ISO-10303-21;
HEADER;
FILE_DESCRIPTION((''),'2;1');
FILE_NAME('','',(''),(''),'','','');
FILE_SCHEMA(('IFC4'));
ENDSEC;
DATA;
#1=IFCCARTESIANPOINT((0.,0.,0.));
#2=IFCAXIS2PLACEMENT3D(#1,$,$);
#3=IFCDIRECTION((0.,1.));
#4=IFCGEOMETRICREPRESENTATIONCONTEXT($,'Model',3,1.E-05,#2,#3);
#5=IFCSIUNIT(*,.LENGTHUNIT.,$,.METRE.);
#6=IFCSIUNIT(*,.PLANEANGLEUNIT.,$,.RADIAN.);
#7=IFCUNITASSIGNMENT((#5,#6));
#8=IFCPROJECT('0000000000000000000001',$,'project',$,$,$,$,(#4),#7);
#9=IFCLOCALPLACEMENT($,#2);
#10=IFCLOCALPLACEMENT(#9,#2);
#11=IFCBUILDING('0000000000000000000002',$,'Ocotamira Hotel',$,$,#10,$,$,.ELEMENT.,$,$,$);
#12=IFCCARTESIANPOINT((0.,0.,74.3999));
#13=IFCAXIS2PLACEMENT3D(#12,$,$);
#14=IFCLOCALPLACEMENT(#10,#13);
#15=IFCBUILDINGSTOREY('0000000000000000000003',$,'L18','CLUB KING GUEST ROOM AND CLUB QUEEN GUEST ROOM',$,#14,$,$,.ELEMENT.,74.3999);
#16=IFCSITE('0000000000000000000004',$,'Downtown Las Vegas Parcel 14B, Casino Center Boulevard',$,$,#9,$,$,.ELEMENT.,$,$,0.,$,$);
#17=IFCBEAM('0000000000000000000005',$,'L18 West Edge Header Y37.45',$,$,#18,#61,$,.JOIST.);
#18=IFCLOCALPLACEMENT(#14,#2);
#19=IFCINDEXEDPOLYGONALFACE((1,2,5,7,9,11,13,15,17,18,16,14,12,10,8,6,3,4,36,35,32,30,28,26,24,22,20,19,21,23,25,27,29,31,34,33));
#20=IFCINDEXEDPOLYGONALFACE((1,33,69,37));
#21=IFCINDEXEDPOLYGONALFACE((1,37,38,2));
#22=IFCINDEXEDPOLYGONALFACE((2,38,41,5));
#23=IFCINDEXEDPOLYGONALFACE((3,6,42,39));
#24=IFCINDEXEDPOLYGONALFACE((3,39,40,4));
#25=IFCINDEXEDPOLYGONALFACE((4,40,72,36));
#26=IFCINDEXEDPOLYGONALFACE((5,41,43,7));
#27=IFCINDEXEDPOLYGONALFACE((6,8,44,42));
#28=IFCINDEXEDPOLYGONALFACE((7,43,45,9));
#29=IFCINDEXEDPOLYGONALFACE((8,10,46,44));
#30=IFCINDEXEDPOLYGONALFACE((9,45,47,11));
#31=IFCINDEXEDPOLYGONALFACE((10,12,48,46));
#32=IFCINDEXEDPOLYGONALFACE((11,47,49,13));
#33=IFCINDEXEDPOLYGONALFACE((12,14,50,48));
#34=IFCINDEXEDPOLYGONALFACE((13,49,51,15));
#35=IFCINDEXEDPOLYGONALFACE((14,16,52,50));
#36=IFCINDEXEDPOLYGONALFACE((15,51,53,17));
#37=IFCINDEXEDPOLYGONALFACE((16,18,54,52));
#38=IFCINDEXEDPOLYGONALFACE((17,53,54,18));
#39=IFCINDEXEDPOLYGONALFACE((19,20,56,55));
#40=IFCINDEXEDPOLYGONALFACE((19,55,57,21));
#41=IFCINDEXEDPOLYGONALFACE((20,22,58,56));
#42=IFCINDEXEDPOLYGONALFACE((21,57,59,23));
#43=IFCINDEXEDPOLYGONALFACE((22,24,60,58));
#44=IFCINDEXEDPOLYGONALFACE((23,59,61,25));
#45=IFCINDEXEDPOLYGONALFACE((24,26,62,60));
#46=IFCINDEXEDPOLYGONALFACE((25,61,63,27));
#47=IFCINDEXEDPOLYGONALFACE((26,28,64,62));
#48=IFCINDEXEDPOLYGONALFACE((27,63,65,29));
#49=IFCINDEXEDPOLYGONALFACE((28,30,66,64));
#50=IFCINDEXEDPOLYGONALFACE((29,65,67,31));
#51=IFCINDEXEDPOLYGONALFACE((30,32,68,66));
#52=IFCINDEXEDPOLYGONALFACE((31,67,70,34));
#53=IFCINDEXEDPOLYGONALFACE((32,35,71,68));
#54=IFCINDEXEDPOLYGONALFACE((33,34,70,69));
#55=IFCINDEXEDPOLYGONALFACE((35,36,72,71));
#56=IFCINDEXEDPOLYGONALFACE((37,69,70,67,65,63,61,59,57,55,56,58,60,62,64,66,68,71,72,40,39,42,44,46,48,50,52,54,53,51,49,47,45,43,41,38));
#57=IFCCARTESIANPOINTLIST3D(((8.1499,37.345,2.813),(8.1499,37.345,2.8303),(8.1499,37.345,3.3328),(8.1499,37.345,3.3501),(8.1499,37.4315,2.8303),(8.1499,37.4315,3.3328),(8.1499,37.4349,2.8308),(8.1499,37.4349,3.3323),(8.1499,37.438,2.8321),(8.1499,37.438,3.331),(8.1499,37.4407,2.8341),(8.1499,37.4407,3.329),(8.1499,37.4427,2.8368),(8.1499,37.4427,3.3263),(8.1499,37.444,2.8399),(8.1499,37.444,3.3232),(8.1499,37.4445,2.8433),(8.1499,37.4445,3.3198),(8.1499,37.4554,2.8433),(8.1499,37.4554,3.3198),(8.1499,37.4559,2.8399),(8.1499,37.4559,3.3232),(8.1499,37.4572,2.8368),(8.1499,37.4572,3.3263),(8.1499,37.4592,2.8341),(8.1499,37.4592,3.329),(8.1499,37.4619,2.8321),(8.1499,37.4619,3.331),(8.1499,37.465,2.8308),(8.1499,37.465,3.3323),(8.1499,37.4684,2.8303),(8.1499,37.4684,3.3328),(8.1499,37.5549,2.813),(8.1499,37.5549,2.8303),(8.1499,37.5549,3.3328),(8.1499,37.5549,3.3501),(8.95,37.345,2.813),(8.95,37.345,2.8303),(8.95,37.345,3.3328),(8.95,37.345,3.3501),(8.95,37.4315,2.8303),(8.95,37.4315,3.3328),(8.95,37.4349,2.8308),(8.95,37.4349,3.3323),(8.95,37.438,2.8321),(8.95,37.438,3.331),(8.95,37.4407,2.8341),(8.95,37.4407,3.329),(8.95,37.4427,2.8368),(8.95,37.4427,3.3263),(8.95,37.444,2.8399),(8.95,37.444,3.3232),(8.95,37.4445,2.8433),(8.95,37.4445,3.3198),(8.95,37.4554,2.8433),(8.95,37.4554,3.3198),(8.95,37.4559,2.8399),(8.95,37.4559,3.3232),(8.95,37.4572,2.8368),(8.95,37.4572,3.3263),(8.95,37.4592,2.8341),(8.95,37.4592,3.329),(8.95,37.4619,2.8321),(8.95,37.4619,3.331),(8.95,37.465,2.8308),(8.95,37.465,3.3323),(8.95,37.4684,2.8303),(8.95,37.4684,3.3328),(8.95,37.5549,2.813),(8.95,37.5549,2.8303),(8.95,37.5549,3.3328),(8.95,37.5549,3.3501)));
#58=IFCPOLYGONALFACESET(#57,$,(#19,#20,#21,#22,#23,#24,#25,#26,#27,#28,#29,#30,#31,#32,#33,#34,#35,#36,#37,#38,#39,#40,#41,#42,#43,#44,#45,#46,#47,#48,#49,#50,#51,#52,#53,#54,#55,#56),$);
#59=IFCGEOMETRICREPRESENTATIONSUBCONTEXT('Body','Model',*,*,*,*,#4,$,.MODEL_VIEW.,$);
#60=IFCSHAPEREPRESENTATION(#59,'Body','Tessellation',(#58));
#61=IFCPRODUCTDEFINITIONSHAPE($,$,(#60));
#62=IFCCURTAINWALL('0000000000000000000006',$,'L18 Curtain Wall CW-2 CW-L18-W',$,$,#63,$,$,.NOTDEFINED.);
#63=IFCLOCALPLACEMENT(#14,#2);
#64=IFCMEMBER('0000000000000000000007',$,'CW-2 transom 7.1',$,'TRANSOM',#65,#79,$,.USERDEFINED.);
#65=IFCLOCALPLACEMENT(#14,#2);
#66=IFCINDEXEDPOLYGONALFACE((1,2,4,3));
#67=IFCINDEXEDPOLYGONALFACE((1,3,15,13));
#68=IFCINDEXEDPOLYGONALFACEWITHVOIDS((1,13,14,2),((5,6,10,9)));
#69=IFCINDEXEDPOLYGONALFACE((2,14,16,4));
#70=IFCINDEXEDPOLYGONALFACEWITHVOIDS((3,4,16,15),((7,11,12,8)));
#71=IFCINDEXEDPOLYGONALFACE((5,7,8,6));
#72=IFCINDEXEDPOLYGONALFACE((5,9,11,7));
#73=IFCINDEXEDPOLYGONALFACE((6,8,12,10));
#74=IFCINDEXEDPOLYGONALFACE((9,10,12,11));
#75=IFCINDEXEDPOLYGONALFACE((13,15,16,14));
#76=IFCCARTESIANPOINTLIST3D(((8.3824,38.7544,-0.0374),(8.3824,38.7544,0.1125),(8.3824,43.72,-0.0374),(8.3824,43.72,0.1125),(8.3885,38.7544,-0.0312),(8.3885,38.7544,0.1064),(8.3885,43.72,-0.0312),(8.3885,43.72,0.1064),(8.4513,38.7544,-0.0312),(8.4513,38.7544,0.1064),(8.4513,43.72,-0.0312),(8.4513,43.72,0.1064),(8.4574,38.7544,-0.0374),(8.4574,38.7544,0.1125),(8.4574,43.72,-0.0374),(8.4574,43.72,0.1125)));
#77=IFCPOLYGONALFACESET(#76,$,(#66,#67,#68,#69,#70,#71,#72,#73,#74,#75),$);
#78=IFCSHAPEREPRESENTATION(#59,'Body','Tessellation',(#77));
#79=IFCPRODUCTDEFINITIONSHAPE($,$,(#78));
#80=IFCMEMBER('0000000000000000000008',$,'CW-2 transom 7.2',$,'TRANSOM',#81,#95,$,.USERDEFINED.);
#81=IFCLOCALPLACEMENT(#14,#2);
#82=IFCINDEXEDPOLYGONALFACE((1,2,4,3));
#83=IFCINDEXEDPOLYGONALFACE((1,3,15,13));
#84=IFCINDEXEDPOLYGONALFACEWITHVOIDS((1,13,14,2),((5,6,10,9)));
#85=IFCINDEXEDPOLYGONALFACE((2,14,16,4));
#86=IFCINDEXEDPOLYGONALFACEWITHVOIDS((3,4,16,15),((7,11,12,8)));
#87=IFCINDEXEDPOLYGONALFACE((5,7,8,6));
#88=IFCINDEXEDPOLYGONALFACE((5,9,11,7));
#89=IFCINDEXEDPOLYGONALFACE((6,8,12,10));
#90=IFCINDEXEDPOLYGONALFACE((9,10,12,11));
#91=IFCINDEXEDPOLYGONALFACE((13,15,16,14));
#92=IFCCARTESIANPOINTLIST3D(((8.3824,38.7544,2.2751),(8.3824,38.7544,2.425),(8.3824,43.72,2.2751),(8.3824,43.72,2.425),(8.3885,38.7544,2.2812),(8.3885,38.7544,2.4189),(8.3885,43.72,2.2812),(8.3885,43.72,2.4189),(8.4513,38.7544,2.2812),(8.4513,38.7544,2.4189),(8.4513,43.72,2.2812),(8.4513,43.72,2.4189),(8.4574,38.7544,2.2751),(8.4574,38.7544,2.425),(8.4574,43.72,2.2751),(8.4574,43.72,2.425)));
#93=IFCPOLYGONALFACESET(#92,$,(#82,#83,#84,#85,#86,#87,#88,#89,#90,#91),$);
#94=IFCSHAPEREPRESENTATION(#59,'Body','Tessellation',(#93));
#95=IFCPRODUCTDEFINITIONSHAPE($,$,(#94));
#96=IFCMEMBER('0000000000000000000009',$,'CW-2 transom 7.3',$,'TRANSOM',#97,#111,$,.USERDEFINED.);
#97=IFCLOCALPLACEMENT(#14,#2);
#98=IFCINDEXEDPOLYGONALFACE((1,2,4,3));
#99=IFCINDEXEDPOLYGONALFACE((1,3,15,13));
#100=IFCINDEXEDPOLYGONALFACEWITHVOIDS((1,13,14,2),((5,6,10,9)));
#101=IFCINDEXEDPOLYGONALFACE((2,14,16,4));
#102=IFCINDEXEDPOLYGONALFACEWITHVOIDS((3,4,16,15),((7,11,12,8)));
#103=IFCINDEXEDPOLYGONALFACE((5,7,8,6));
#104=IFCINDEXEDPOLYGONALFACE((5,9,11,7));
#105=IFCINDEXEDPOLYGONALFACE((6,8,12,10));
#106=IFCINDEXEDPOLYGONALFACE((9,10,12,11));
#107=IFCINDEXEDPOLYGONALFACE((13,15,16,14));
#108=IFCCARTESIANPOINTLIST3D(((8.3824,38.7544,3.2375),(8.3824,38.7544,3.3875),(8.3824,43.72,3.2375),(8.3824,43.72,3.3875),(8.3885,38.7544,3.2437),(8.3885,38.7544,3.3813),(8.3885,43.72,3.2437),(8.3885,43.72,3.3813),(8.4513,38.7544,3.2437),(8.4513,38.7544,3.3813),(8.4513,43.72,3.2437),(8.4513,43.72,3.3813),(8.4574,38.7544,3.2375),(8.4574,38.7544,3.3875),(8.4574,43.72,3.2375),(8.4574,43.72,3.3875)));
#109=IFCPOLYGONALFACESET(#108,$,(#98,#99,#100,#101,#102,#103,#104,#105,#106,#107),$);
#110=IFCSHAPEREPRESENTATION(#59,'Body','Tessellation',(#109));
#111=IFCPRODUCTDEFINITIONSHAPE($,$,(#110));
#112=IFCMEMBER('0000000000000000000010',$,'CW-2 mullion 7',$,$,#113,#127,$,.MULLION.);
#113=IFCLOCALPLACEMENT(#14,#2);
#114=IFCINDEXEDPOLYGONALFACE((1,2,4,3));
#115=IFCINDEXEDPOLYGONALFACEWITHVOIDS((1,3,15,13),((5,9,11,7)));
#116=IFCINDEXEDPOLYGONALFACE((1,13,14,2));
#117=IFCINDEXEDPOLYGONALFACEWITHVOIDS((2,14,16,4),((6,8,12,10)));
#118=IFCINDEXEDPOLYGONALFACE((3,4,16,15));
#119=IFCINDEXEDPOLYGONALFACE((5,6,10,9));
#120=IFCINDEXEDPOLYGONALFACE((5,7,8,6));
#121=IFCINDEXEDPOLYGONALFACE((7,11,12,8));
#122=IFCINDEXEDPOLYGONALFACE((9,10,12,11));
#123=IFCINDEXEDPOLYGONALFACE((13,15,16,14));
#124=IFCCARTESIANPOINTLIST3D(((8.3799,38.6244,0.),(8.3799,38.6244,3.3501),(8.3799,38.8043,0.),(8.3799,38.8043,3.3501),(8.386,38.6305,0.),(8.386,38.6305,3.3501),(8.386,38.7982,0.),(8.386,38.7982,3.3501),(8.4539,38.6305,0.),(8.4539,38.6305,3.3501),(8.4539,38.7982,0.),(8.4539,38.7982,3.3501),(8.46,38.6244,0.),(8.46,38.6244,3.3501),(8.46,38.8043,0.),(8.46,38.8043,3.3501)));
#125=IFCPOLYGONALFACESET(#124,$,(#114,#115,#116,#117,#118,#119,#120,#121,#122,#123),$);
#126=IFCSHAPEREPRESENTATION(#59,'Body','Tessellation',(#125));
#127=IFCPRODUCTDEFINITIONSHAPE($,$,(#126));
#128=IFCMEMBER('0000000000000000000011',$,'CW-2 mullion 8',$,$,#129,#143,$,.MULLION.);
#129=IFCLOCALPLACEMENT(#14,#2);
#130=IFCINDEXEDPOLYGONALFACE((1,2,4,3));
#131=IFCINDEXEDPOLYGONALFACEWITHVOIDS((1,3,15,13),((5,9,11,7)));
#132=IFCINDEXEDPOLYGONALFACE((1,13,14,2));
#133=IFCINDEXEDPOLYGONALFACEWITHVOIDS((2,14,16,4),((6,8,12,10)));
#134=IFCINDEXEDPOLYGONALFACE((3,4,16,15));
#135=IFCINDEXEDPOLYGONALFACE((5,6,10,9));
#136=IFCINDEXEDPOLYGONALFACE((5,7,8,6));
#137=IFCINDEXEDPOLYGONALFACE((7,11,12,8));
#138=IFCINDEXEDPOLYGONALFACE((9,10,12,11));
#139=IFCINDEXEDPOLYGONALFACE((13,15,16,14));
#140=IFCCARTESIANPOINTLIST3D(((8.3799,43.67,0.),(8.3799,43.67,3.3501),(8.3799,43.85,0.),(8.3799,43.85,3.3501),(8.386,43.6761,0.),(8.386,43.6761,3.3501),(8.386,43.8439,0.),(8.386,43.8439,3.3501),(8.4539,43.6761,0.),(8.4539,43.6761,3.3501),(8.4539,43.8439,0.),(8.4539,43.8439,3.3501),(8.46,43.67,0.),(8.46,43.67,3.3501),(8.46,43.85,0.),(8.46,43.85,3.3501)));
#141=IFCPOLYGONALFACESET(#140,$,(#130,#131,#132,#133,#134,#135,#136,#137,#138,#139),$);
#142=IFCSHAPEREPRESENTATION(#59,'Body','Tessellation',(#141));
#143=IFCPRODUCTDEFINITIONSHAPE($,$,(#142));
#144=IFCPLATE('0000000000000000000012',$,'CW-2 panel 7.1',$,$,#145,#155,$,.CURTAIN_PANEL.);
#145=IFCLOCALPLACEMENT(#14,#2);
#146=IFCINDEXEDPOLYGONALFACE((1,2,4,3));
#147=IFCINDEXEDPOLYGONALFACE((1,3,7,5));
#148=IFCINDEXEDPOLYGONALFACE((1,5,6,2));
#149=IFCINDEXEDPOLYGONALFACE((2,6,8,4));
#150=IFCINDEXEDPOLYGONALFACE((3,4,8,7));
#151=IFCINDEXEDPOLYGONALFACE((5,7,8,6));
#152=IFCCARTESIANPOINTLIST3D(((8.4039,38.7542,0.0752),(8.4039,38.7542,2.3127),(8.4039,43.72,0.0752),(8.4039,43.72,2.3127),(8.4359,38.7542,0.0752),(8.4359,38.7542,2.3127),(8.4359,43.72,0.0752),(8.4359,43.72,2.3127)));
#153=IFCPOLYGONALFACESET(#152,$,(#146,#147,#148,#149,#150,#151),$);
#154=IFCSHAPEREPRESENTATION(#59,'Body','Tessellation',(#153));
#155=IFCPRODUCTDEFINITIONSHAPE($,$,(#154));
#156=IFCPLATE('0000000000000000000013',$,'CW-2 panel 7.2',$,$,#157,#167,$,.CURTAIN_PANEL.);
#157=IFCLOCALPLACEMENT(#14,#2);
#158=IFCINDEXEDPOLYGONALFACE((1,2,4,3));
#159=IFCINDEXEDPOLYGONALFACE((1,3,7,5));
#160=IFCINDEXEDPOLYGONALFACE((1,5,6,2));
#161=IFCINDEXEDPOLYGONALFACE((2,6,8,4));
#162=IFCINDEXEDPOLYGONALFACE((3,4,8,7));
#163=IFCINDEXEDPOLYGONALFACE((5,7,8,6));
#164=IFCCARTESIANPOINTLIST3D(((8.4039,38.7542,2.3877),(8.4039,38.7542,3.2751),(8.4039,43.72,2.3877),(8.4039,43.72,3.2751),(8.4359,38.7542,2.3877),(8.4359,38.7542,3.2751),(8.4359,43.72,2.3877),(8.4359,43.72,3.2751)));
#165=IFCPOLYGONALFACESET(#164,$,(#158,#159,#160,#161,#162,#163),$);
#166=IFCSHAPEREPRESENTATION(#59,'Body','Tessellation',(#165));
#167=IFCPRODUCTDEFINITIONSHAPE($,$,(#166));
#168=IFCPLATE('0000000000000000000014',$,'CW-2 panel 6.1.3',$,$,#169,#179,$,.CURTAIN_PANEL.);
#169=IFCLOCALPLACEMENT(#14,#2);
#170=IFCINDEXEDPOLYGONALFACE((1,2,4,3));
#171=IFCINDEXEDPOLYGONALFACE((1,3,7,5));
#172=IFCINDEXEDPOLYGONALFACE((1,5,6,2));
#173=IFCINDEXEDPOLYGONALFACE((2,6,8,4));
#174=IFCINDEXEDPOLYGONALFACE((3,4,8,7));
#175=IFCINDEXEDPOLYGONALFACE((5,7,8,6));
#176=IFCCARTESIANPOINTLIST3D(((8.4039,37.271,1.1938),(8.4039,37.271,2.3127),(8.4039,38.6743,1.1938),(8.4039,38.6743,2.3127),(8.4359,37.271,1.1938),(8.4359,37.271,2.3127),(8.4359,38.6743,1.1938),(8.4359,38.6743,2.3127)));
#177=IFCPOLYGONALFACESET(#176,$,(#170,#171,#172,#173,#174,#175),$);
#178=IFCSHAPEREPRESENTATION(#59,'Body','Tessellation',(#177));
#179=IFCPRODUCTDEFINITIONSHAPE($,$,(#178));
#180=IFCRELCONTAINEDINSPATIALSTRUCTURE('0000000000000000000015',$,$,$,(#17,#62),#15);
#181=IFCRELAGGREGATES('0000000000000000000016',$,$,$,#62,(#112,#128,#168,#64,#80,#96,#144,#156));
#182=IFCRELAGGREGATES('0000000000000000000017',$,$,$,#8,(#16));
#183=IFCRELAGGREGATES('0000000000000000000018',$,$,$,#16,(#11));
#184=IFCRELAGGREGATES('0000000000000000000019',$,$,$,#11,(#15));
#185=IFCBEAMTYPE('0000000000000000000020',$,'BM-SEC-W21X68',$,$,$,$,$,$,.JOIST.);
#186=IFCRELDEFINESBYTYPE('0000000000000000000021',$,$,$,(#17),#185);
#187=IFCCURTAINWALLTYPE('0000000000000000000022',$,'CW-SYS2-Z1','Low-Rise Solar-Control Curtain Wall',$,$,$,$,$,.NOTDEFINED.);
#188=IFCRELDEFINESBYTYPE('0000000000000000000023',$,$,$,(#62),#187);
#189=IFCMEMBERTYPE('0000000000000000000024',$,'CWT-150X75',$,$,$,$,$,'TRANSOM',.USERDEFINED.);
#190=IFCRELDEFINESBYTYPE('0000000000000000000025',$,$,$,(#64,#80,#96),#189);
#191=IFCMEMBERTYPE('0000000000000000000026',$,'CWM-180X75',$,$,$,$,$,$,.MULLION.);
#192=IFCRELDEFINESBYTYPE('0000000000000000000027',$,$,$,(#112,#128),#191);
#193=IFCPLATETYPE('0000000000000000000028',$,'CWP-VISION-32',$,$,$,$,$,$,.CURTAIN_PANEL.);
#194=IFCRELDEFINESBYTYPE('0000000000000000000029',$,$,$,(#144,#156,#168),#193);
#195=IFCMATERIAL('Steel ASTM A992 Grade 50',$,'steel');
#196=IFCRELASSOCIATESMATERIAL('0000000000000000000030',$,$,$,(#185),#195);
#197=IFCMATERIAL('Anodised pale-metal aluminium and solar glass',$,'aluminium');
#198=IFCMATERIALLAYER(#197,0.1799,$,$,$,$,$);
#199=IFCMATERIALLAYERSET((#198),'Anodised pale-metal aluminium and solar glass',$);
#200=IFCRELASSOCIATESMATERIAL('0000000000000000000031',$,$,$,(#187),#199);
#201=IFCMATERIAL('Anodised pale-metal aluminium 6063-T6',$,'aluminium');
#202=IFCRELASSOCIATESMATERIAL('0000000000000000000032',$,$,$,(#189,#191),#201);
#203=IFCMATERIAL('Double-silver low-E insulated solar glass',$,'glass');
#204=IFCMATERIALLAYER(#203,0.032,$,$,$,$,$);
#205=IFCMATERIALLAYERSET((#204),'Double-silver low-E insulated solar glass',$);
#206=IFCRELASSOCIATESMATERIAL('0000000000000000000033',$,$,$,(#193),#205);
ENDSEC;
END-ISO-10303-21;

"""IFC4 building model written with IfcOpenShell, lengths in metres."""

from ifc_helpers import new_model, si_unit, direction, frame, origin, origin_2d, place, context, subcontext, project, spatial, rectangle, hollow_rectangle, i_section, extrude, source, transform, mapped, material, layer, layer_set, material_profile, profile_set, type_object, element, aggregate, save


model = new_model("IFC4")

# Units and contexts
model_context = context("Model", 3, precision=1e-05, world=origin(), true_north=direction((0.0, 1.0)))
body_context = subcontext(model_context, "Body", "Model", "MODEL_VIEW")
ifc_project = project(units=[si_unit("LENGTHUNIT", "METRE"), si_unit("PLANEANGLEUNIT", "RADIAN")], contexts=[model_context])

# Site, building, storey
site_placement = place(None, origin())
site = spatial("IfcSite", under=ifc_project, at=site_placement, Name="Downtown Las Vegas Parcel 14B, Casino Center Boulevard", CompositionType="ELEMENT", RefElevation=0.0)
building_placement = place(site_placement, origin())
building = spatial("IfcBuilding", under=site, at=building_placement, Name="Ocotamira Hotel", CompositionType="ELEMENT")
storey_placement = place(building_placement, frame((0.0, 0.0, 74.3999)))
storey = spatial("IfcBuildingStorey", under=building, at=storey_placement, Name="L18", Description="CLUB KING GUEST ROOM AND CLUB QUEEN GUEST ROOM", CompositionType="ELEMENT", Elevation=74.3999)

# Beam
ifc_material_1 = material(Name="Steel ASTM A992 Grade 50", Category="steel")
ifc_material_profile_1 = material_profile(ifc_material_1, i_section(OverallWidth=0.21, OverallDepth=0.5371, WebThickness=0.011, FlangeThickness=0.0173, FilletRadius=0.0129, at=origin_2d()), Name="W21X68")
ifc_profile_set_1 = profile_set([ifc_material_profile_1], Name="Steel ASTM A992 Grade 50")
beam_type = type_object("IfcBeamType", Name="BM-SEC-W21X68", PredefinedType="JOIST", material=ifc_profile_set_1)
shared_shape_1 = source(origin(), body_context, "Body", "SweptSolid", [
    extrude(i_section(OverallWidth=0.21, OverallDepth=0.5371, WebThickness=0.011, FlangeThickness=0.0173, FilletRadius=0.0129, at=origin_2d()), origin(), (0.0, 0.0, 1.0), 0.8),
])
beam_placement = place(storey_placement, frame((8.95, 37.45, 3.0815), z_axis=(-1.0, 0.0, 0.0), x_axis=(0.0, -1.0, 0.0)))
element("IfcBeam", 1, at=beam_placement, inside=storey, type_object=beam_type, Name="L18 West Edge Header Y37.45", PredefinedType="JOIST", context=body_context, shape_type="MappedRepresentation", body=[
    mapped(shared_shape_1, transform((0.0, 0.0, 0.0), scale=1.0)),
])

# Curtain wall, members, plates
ifc_material_2 = material(Name="Anodised pale-metal aluminium and solar glass", Category="aluminium")
ifc_layer_1 = layer(ifc_material_2, 0.1799)
ifc_layer_set_1 = layer_set([ifc_layer_1], Name="Anodised pale-metal aluminium and solar glass")
curtain_wall_type = type_object("IfcCurtainWallType", Name="CW-SYS2-Z1", Description="Low-Rise Solar-Control Curtain Wall", PredefinedType="NOTDEFINED", material=ifc_layer_set_1)
curtain_wall_placement = place(storey_placement, origin())
curtain_wall = element("IfcCurtainWall", 2, at=curtain_wall_placement, inside=storey, type_object=curtain_wall_type, Name="L18 Curtain Wall CW-2 CW-L18-W", PredefinedType="NOTDEFINED")
ifc_material_3 = material(Name="Anodised pale-metal aluminium 6063-T6", Category="aluminium")
ifc_material_profile_2 = material_profile(ifc_material_3, hollow_rectangle(XDim=0.075, YDim=0.1499, WallThickness=0.0061, at=origin_2d()), Name="HSS150X75X6")
ifc_profile_set_2 = profile_set([ifc_material_profile_2], Name="Anodised pale-metal aluminium 6063-T6")
member_type_1 = type_object("IfcMemberType", Name="CWT-150X75", ElementType="TRANSOM", PredefinedType="USERDEFINED", material=ifc_profile_set_2)
shared_shape_2 = source(origin(), body_context, "Body", "SweptSolid", [
    extrude(hollow_rectangle(XDim=0.075, YDim=0.1499, WallThickness=0.0061, at=origin_2d()), origin(), (0.0, 0.0, 1.0), 4.9656),
])
member_1_placement = place(storey_placement, frame((8.4199, 38.7544, 0.0376), z_axis=(0.0, 1.0, 0.0), x_axis=(-1.0, 0.0, 0.0)))
member_1 = element("IfcMember", 3, at=member_1_placement, type_object=member_type_1, Name="CW-2 transom 7.1", ObjectType="TRANSOM", PredefinedType="USERDEFINED", context=body_context, shape_type="MappedRepresentation", body=[
    mapped(shared_shape_2, transform((0.0, 0.0, 0.0), scale=1.0)),
])
member_2_placement = place(storey_placement, frame((8.4199, 38.7544, 2.3501), z_axis=(0.0, 1.0, 0.0), x_axis=(-1.0, 0.0, 0.0)))
member_2 = element("IfcMember", 4, at=member_2_placement, type_object=member_type_1, Name="CW-2 transom 7.2", ObjectType="TRANSOM", PredefinedType="USERDEFINED", context=body_context, shape_type="MappedRepresentation", body=[
    mapped(shared_shape_2, transform((0.0, 0.0, 0.0), scale=1.0)),
])
member_3_placement = place(storey_placement, frame((8.4199, 38.7544, 3.3125), z_axis=(0.0, 1.0, 0.0), x_axis=(-1.0, 0.0, 0.0)))
member_3 = element("IfcMember", 5, at=member_3_placement, type_object=member_type_1, Name="CW-2 transom 7.3", ObjectType="TRANSOM", PredefinedType="USERDEFINED", context=body_context, shape_type="MappedRepresentation", body=[
    mapped(shared_shape_2, transform((0.0, 0.0, 0.0), scale=1.0)),
])
ifc_material_profile_3 = material_profile(ifc_material_3, hollow_rectangle(XDim=0.0801, YDim=0.1799, WallThickness=0.0061, at=origin_2d()), Name="HSS180X80X6")
ifc_profile_set_3 = profile_set([ifc_material_profile_3], Name="Anodised pale-metal aluminium 6063-T6")
member_type_2 = type_object("IfcMemberType", Name="CWM-180X75", PredefinedType="MULLION", material=ifc_profile_set_3)
shared_shape_3 = source(origin(), body_context, "Body", "SweptSolid", [
    extrude(hollow_rectangle(XDim=0.0801, YDim=0.1799, WallThickness=0.0061, at=origin_2d()), origin(), (0.0, 0.0, 1.0), 3.3501),
])
member_4_placement = place(storey_placement, frame((8.4199, 38.7144, 0.0), z_axis=(0.0, 0.0, 1.0), x_axis=(-1.0, 0.0, 0.0)))
member_4 = element("IfcMember", 6, at=member_4_placement, type_object=member_type_2, Name="CW-2 mullion 7", PredefinedType="MULLION", context=body_context, shape_type="MappedRepresentation", body=[
    mapped(shared_shape_3, transform((0.0, 0.0, 0.0), scale=1.0)),
])
member_5_placement = place(storey_placement, frame((8.4199, 43.76, 0.0), z_axis=(0.0, 0.0, 1.0), x_axis=(-1.0, 0.0, 0.0)))
member_5 = element("IfcMember", 7, at=member_5_placement, type_object=member_type_2, Name="CW-2 mullion 8", PredefinedType="MULLION", context=body_context, shape_type="MappedRepresentation", body=[
    mapped(shared_shape_3, transform((0.0, 0.0, 0.0), scale=1.0)),
])
ifc_material_4 = material(Name="Double-silver low-E insulated solar glass", Category="glass")
ifc_layer_2 = layer(ifc_material_4, 0.032)
ifc_layer_set_2 = layer_set([ifc_layer_2], Name="Double-silver low-E insulated solar glass")
plate_type = type_object("IfcPlateType", Name="CWP-VISION-32", PredefinedType="CURTAIN_PANEL", material=ifc_layer_set_2)
shared_shape_4 = source(origin(), body_context, "Body", "SweptSolid", [
    extrude(rectangle(XDim=4.9658, YDim=0.032, at=origin_2d()), origin(), (0.0, 0.0, 1.0), 2.2375),
])
plate_1_placement = place(storey_placement, frame((8.4199, 41.2371, 0.0752), z_axis=(0.0, 0.0, 1.0), x_axis=(0.0, 1.0, 0.0)))
plate_1 = element("IfcPlate", 8, at=plate_1_placement, type_object=plate_type, Name="CW-2 panel 7.1", PredefinedType="CURTAIN_PANEL", context=body_context, shape_type="MappedRepresentation", body=[
    mapped(shared_shape_4, transform((0.0, 0.0, 0.0), scale=1.0)),
])
shared_shape_5 = source(origin(), body_context, "Body", "SweptSolid", [
    extrude(rectangle(XDim=4.9658, YDim=0.032, at=origin_2d()), origin(), (0.0, 0.0, 1.0), 0.8875),
])
plate_2_placement = place(storey_placement, frame((8.4199, 41.2371, 2.3877), z_axis=(0.0, 0.0, 1.0), x_axis=(0.0, 1.0, 0.0)))
plate_2 = element("IfcPlate", 9, at=plate_2_placement, type_object=plate_type, Name="CW-2 panel 7.2", PredefinedType="CURTAIN_PANEL", context=body_context, shape_type="MappedRepresentation", body=[
    mapped(shared_shape_5, transform((0.0, 0.0, 0.0), scale=1.0)),
])
shared_shape_6 = source(origin(), body_context, "Body", "SweptSolid", [
    extrude(rectangle(XDim=1.4033, YDim=0.032, at=origin_2d()), origin(), (0.0, 0.0, 1.0), 1.1189),
])
plate_3_placement = place(storey_placement, frame((8.4199, 37.9727, 1.1938), z_axis=(0.0, 0.0, 1.0), x_axis=(0.0, 1.0, 0.0)))
plate_3 = element("IfcPlate", 10, at=plate_3_placement, type_object=plate_type, Name="CW-2 panel 6.1.3", PredefinedType="CURTAIN_PANEL", context=body_context, shape_type="MappedRepresentation", body=[
    mapped(shared_shape_6, transform((0.0, 0.0, 0.0), scale=1.0)),
])
aggregate(curtain_wall, [member_4, member_5, plate_3, member_1, member_2, member_3, plate_1, plate_2])

save(model, "model.ifc")
